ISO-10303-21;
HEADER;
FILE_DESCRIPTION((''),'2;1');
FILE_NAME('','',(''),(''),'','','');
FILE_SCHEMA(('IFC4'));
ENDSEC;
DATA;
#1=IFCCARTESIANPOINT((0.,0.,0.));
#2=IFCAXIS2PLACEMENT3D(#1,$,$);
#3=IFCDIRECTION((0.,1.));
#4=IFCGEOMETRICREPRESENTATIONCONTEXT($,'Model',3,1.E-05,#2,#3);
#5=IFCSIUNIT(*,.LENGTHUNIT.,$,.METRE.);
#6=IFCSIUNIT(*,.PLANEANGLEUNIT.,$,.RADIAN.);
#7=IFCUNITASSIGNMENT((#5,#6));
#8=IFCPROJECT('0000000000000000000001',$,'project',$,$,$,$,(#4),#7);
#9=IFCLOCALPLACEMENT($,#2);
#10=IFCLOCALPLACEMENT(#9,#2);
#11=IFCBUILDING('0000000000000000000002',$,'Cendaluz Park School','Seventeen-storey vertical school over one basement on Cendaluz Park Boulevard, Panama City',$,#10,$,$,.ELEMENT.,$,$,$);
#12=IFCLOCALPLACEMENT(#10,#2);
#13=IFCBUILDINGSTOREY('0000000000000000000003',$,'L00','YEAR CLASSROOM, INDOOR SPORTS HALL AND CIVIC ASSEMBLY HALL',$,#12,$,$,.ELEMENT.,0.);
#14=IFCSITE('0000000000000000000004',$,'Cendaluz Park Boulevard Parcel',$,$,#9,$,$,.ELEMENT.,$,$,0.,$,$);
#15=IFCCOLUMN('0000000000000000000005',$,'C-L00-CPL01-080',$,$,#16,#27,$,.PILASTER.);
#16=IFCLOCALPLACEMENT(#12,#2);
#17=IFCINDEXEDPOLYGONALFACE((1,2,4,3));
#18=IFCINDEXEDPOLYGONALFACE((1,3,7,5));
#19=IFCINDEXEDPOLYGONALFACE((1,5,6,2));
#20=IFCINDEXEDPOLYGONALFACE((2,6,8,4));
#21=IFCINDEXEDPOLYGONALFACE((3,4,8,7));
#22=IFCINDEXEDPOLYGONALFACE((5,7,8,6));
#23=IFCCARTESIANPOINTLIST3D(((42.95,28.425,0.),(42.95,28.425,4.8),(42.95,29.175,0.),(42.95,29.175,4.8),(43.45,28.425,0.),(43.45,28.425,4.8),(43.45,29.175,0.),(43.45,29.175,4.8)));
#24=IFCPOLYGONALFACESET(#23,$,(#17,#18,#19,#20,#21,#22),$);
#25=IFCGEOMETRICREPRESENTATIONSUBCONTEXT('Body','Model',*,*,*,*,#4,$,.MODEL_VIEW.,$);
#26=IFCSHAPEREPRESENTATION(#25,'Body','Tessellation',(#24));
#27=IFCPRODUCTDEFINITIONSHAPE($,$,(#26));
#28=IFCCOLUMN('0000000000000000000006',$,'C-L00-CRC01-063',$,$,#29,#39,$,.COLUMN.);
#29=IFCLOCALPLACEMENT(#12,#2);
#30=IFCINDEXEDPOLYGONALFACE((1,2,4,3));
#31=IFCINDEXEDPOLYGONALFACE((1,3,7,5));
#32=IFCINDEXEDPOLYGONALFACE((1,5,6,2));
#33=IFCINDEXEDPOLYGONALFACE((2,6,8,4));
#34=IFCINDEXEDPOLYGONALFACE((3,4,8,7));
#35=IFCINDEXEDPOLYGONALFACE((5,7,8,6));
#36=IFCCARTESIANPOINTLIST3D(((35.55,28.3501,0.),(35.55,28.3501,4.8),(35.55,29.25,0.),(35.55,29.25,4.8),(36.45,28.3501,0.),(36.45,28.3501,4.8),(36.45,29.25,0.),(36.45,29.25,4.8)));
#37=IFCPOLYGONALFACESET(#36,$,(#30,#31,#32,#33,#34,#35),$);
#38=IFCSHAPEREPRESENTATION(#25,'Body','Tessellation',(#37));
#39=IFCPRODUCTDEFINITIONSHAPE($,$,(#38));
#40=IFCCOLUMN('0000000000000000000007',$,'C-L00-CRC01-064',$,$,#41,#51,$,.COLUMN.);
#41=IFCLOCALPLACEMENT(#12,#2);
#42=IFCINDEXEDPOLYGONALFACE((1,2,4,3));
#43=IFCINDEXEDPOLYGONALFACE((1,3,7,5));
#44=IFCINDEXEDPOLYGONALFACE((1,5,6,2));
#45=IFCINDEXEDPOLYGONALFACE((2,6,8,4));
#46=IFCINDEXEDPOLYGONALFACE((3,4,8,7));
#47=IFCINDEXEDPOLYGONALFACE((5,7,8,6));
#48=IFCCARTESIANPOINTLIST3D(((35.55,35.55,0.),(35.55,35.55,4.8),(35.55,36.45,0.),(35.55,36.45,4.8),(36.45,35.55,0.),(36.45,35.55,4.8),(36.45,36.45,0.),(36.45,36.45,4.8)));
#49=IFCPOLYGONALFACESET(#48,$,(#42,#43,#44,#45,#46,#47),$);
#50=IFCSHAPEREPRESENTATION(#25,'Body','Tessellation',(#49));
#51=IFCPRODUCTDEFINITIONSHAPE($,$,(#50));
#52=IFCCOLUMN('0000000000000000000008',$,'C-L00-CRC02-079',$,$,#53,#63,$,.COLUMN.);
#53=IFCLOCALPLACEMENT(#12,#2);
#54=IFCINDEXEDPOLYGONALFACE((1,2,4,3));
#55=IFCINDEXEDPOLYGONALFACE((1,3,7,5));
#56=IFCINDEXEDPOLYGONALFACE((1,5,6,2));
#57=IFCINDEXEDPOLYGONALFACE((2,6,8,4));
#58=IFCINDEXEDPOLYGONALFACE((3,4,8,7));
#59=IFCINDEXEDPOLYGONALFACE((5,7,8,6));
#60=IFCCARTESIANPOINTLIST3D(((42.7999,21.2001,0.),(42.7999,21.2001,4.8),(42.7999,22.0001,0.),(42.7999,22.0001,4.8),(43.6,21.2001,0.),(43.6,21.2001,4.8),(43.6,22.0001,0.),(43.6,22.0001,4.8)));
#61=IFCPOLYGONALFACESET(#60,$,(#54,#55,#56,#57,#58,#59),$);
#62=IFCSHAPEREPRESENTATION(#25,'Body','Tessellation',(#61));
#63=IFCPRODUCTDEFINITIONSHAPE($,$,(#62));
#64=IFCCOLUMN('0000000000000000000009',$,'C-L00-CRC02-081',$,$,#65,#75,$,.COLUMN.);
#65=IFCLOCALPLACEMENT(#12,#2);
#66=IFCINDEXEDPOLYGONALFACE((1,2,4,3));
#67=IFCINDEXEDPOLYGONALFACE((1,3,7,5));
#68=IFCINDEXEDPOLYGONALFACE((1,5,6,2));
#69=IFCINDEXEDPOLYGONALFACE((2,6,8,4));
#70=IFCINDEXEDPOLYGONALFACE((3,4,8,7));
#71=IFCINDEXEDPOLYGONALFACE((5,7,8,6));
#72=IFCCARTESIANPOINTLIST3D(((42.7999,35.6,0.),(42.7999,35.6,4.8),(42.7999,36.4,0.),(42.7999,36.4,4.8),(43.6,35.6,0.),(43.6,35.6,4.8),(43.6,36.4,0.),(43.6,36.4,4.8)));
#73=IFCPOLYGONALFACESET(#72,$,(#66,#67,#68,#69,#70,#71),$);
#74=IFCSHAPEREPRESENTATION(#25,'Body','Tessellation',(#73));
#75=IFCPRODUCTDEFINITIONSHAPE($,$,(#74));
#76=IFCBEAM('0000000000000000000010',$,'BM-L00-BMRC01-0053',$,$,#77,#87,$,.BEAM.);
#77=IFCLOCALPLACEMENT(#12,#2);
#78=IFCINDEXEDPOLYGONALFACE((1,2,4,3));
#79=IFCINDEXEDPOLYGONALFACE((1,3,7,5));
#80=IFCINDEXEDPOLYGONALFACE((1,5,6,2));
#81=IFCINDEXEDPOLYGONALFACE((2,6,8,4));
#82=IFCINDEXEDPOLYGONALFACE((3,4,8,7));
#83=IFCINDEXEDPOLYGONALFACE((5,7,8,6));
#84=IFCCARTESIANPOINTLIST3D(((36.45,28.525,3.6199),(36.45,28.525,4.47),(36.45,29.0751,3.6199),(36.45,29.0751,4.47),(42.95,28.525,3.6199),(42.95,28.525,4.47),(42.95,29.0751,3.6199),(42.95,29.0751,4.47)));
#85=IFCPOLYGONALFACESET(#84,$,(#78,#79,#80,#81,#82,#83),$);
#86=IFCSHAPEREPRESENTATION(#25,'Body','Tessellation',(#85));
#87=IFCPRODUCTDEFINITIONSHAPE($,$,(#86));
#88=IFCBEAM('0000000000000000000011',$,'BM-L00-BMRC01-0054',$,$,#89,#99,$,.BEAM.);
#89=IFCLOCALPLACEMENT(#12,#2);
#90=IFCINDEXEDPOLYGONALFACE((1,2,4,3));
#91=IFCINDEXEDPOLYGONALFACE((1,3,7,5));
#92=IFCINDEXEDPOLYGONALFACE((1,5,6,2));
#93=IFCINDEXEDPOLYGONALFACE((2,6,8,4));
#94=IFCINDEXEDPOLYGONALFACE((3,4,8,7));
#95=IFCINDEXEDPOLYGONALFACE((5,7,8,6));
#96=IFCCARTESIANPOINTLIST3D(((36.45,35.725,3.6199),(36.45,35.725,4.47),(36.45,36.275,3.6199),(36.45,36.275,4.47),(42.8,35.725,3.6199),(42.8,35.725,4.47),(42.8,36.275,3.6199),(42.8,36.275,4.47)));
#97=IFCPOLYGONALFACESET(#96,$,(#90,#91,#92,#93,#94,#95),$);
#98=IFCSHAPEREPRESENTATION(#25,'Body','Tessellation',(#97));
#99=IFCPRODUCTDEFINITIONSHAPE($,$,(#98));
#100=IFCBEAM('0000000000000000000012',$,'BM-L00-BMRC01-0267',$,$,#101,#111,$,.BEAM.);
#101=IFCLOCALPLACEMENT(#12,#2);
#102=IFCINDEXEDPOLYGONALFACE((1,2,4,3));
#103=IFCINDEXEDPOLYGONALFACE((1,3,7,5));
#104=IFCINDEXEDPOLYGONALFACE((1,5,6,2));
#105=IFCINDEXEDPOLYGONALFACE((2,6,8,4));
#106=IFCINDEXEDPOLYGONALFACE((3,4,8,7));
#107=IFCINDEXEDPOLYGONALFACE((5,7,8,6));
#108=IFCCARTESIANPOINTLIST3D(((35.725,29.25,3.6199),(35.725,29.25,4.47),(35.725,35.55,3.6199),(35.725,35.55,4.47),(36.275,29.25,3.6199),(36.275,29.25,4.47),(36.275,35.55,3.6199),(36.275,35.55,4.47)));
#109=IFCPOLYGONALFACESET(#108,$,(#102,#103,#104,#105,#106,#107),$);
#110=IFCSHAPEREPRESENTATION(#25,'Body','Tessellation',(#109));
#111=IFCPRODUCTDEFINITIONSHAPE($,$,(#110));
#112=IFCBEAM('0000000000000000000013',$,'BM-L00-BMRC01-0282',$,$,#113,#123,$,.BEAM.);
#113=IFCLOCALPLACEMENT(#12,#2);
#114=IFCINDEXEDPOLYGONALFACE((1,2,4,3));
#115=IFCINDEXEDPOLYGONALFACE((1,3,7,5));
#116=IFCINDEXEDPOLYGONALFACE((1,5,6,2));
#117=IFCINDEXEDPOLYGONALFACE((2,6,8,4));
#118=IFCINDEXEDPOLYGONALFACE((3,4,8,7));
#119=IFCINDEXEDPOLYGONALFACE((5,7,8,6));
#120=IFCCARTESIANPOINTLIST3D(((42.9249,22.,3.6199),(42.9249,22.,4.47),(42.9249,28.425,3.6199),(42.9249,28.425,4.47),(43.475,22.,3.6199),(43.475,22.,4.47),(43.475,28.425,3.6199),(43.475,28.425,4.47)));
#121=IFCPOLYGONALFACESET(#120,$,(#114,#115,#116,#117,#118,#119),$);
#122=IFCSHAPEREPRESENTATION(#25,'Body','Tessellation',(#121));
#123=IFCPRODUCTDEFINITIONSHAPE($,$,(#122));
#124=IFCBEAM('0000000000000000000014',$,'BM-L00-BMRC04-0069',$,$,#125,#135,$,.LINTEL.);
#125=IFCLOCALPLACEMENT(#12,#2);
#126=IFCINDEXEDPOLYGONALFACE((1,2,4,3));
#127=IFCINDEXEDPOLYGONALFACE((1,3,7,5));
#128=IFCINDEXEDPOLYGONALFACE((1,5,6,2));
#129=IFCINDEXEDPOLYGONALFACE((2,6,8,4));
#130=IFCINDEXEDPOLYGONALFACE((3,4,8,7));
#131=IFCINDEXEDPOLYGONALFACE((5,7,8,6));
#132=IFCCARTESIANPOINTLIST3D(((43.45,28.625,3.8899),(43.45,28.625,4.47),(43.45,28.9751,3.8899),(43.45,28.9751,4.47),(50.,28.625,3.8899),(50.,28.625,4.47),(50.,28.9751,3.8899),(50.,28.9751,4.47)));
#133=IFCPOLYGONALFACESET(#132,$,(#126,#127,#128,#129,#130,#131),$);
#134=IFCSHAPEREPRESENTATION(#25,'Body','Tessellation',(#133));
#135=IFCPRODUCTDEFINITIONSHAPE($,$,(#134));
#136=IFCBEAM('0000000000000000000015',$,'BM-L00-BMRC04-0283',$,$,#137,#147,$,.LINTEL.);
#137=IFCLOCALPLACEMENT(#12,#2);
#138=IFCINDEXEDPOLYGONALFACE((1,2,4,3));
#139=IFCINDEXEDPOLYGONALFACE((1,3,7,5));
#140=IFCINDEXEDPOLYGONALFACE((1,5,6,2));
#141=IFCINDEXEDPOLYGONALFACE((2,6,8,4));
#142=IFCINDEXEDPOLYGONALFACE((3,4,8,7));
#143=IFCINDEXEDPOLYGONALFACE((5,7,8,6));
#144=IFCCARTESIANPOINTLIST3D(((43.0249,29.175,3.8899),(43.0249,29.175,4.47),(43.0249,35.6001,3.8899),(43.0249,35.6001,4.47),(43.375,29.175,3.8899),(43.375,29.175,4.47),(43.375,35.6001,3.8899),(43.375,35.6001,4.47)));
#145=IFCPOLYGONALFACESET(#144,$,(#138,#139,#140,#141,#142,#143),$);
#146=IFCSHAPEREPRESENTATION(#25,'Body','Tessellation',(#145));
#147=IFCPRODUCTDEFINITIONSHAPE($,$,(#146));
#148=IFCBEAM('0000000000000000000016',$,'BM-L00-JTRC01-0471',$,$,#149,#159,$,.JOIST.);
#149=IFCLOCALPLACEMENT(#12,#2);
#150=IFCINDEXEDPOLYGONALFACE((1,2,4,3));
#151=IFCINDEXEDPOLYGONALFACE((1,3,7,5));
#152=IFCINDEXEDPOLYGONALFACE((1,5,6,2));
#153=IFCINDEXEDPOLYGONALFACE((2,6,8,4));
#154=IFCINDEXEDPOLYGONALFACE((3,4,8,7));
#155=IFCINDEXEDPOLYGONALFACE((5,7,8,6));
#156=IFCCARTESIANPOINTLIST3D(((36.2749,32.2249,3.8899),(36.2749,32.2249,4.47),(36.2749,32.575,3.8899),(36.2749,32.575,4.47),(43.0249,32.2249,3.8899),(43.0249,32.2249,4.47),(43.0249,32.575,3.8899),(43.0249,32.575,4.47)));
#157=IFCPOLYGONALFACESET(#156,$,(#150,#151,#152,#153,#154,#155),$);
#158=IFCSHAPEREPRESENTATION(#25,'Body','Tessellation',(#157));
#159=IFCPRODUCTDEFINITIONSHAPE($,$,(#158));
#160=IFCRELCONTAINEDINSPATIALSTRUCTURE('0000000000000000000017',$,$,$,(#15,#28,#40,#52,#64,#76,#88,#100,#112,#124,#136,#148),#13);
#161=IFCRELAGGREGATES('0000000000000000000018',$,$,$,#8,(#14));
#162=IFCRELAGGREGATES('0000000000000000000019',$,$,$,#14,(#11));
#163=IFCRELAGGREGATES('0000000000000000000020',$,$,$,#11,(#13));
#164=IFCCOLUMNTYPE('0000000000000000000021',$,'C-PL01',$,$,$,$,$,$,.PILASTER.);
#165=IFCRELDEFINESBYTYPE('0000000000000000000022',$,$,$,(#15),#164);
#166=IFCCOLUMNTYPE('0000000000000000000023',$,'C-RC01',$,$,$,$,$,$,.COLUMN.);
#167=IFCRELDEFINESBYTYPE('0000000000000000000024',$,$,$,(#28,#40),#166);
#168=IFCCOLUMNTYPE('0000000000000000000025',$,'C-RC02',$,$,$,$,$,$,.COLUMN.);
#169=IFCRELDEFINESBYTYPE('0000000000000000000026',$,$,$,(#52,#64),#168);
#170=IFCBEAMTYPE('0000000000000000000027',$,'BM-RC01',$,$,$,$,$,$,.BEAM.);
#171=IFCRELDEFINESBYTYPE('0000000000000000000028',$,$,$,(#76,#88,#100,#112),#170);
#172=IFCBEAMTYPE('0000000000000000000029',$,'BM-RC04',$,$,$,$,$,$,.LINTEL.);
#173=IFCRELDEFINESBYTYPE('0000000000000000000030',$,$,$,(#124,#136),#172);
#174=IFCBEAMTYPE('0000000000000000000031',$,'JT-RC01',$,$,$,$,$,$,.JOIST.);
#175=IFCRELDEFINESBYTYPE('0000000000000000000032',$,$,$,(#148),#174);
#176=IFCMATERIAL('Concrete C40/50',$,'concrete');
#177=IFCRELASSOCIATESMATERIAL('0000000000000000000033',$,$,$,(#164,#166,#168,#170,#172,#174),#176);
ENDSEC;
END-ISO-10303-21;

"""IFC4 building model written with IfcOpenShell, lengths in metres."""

from ifc_helpers import new_model, si_unit, direction, frame, origin, origin_2d, place, context, subcontext, project, spatial, rectangle, extrude, material, material_profile, profile_set, type_object, element, save


model = new_model("IFC4")

# Units and contexts
model_context = context("Model", 3, precision=1e-05, world=origin(), true_north=direction((0.0, 1.0)))
body_context = subcontext(model_context, "Body", "Model", "MODEL_VIEW")
ifc_project = project(units=[si_unit("LENGTHUNIT", "METRE"), si_unit("PLANEANGLEUNIT", "RADIAN")], contexts=[model_context])

# Site, building, storey
site_placement = place(None, origin())
site = spatial("IfcSite", under=ifc_project, at=site_placement, Name="Cendaluz Park Boulevard Parcel", CompositionType="ELEMENT", RefElevation=0.0)
building_placement = place(site_placement, origin())
building = spatial("IfcBuilding", under=site, at=building_placement, Name="Cendaluz Park School", Description="Seventeen-storey vertical school over one basement on Cendaluz Park Boulevard, Panama City", CompositionType="ELEMENT")
storey_placement = place(building_placement, origin())
storey = spatial("IfcBuildingStorey", under=building, at=storey_placement, Name="L00", Description="YEAR CLASSROOM, INDOOR SPORTS HALL AND CIVIC ASSEMBLY HALL", CompositionType="ELEMENT", Elevation=0.0)

# Columns
ifc_material_1 = material(Name="Concrete C40/50", Category="concrete")
ifc_material_profile_1 = material_profile(ifc_material_1, rectangle(XDim=0.5, YDim=0.75, at=origin_2d()), Name="RC 500x750", Category="concrete")
ifc_profile_set_1 = profile_set([ifc_material_profile_1], Name="Concrete C40/50")
column_type_1 = type_object("IfcColumnType", Name="C-PL01", PredefinedType="PILASTER", material=ifc_profile_set_1)
column_placement = place(storey_placement, frame((43.2, 28.8, 0.0), z_axis=(0.0, 0.0, 1.0), x_axis=(1.0, 0.0, 0.0)))
element("IfcColumn", 1, at=column_placement, inside=storey, type_object=column_type_1, Name="C-L00-CPL01-080", PredefinedType="PILASTER", context=body_context, shape_type="SweptSolid", body=[
    extrude(rectangle(XDim=0.5, YDim=0.75, at=origin_2d()), origin(), (0.0, 0.0, 1.0), 4.8),
])
ifc_material_profile_2 = material_profile(ifc_material_1, rectangle(XDim=0.8999, YDim=0.8999, at=origin_2d()), Name="RC 900x900", Category="concrete")
ifc_profile_set_2 = profile_set([ifc_material_profile_2], Name="Concrete C40/50")
column_type_2 = type_object("IfcColumnType", Name="C-RC01", PredefinedType="COLUMN", material=ifc_profile_set_2)
for number, where, z_axis, x_axis, name in (
    (2, (36.0, 28.8, 0.0), (0.0, 0.0, 1.0), (1.0, 0.0, 0.0), "C-L00-CRC01-063"),
    (3, (36.0, 36.0, 0.0), (0.0, 0.0, 1.0), (1.0, 0.0, 0.0), "C-L00-CRC01-064"),
):
    element("IfcColumn", number, at=place(storey_placement, frame(where, z_axis=z_axis, x_axis=x_axis)), inside=storey, type_object=column_type_2, Name=name, PredefinedType="COLUMN", context=body_context, shape_type="SweptSolid", body=[
        extrude(rectangle(XDim=0.8999, YDim=0.8999, at=origin_2d()), origin(), (0.0, 0.0, 1.0), 4.8),
    ])
ifc_material_profile_3 = material_profile(ifc_material_1, rectangle(XDim=0.8, YDim=0.8, at=origin_2d()), Name="RC 800x800", Category="concrete")
ifc_profile_set_3 = profile_set([ifc_material_profile_3], Name="Concrete C40/50")
column_type_3 = type_object("IfcColumnType", Name="C-RC02", PredefinedType="COLUMN", material=ifc_profile_set_3)
for number, where, z_axis, x_axis, name in (
    (4, (43.2, 21.6001, 0.0), (0.0, 0.0, 1.0), (1.0, 0.0, 0.0), "C-L00-CRC02-079"),
    (5, (43.2, 36.0, 0.0), (0.0, 0.0, 1.0), (1.0, 0.0, 0.0), "C-L00-CRC02-081"),
):
    element("IfcColumn", number, at=place(storey_placement, frame(where, z_axis=z_axis, x_axis=x_axis)), inside=storey, type_object=column_type_3, Name=name, PredefinedType="COLUMN", context=body_context, shape_type="SweptSolid", body=[
        extrude(rectangle(XDim=0.8, YDim=0.8, at=origin_2d()), origin(), (0.0, 0.0, 1.0), 4.8),
    ])

# Beams
ifc_material_profile_4 = material_profile(ifc_material_1, rectangle(XDim=0.55, YDim=0.8501, at=origin_2d()), Name="RC 550x850", Category="concrete")
ifc_profile_set_4 = profile_set([ifc_material_profile_4], Name="Concrete C40/50")
beam_type_1 = type_object("IfcBeamType", Name="BM-RC01", PredefinedType="BEAM", material=ifc_profile_set_4)
beam_1_placement = place(storey_placement, frame((36.45, 28.8, 4.0449), z_axis=(1.0, 0.0, 0.0), x_axis=(0.0, 1.0, 0.0)))
element("IfcBeam", 6, at=beam_1_placement, inside=storey, type_object=beam_type_1, Name="BM-L00-BMRC01-0053", PredefinedType="BEAM", context=body_context, shape_type="SweptSolid", body=[
    extrude(rectangle(XDim=0.55, YDim=0.8501, at=origin_2d()), origin(), (0.0, 0.0, 1.0), 6.5),
])
beam_2_placement = place(storey_placement, frame((36.45, 36.0, 4.0449), z_axis=(1.0, 0.0, 0.0), x_axis=(0.0, 1.0, 0.0)))
element("IfcBeam", 7, at=beam_2_placement, inside=storey, type_object=beam_type_1, Name="BM-L00-BMRC01-0054", PredefinedType="BEAM", context=body_context, shape_type="SweptSolid", body=[
    extrude(rectangle(XDim=0.55, YDim=0.8501, at=origin_2d()), origin(), (0.0, 0.0, 1.0), 6.3501),
])
beam_3_placement = place(storey_placement, frame((36.0, 29.25, 4.0449), z_axis=(0.0, 1.0, 0.0), x_axis=(-1.0, 0.0, 0.0)))
element("IfcBeam", 8, at=beam_3_placement, inside=storey, type_object=beam_type_1, Name="BM-L00-BMRC01-0267", PredefinedType="BEAM", context=body_context, shape_type="SweptSolid", body=[
    extrude(rectangle(XDim=0.55, YDim=0.8501, at=origin_2d()), origin(), (0.0, 0.0, 1.0), 6.3),
])
beam_4_placement = place(storey_placement, frame((43.2, 22.0, 4.0449), z_axis=(0.0, 1.0, 0.0), x_axis=(-1.0, 0.0, 0.0)))
element("IfcBeam", 9, at=beam_4_placement, inside=storey, type_object=beam_type_1, Name="BM-L00-BMRC01-0282", PredefinedType="BEAM", context=body_context, shape_type="SweptSolid", body=[
    extrude(rectangle(XDim=0.55, YDim=0.8501, at=origin_2d()), origin(), (0.0, 0.0, 1.0), 6.425),
])
ifc_material_profile_5 = material_profile(ifc_material_1, rectangle(XDim=0.3501, YDim=0.5801, at=origin_2d()), Name="RC 350x580", Category="concrete")
ifc_profile_set_5 = profile_set([ifc_material_profile_5], Name="Concrete C40/50")
beam_type_2 = type_object("IfcBeamType", Name="BM-RC04", PredefinedType="LINTEL", material=ifc_profile_set_5)
beam_5_placement = place(storey_placement, frame((43.45, 28.8, 4.1799), z_axis=(1.0, 0.0, 0.0), x_axis=(0.0, 1.0, 0.0)))
element("IfcBeam", 10, at=beam_5_placement, inside=storey, type_object=beam_type_2, Name="BM-L00-BMRC04-0069", PredefinedType="LINTEL", context=body_context, shape_type="SweptSolid", body=[
    extrude(rectangle(XDim=0.3501, YDim=0.5801, at=origin_2d()), origin(), (0.0, 0.0, 1.0), 6.55),
])
beam_6_placement = place(storey_placement, frame((43.2, 29.175, 4.1799), z_axis=(0.0, 1.0, 0.0), x_axis=(-1.0, 0.0, 0.0)))
element("IfcBeam", 11, at=beam_6_placement, inside=storey, type_object=beam_type_2, Name="BM-L00-BMRC04-0283", PredefinedType="LINTEL", context=body_context, shape_type="SweptSolid", body=[
    extrude(rectangle(XDim=0.3501, YDim=0.5801, at=origin_2d()), origin(), (0.0, 0.0, 1.0), 6.425),
])
ifc_material_profile_6 = material_profile(ifc_material_1, rectangle(XDim=0.3501, YDim=0.5801, at=origin_2d()), Name="RC 350x580", Category="concrete")
ifc_profile_set_6 = profile_set([ifc_material_profile_6], Name="Concrete C40/50")
beam_type_3 = type_object("IfcBeamType", Name="JT-RC01", PredefinedType="JOIST", material=ifc_profile_set_6)
beam_7_placement = place(storey_placement, frame((36.2749, 32.3999, 4.1799), z_axis=(1.0, 0.0, 0.0), x_axis=(0.0, 1.0, 0.0)))
element("IfcBeam", 12, at=beam_7_placement, inside=storey, type_object=beam_type_3, Name="BM-L00-JTRC01-0471", PredefinedType="JOIST", context=body_context, shape_type="SweptSolid", body=[
    extrude(rectangle(XDim=0.3501, YDim=0.5801, at=origin_2d()), origin(), (0.0, 0.0, 1.0), 6.75),
])

save(model, "model.ifc")
